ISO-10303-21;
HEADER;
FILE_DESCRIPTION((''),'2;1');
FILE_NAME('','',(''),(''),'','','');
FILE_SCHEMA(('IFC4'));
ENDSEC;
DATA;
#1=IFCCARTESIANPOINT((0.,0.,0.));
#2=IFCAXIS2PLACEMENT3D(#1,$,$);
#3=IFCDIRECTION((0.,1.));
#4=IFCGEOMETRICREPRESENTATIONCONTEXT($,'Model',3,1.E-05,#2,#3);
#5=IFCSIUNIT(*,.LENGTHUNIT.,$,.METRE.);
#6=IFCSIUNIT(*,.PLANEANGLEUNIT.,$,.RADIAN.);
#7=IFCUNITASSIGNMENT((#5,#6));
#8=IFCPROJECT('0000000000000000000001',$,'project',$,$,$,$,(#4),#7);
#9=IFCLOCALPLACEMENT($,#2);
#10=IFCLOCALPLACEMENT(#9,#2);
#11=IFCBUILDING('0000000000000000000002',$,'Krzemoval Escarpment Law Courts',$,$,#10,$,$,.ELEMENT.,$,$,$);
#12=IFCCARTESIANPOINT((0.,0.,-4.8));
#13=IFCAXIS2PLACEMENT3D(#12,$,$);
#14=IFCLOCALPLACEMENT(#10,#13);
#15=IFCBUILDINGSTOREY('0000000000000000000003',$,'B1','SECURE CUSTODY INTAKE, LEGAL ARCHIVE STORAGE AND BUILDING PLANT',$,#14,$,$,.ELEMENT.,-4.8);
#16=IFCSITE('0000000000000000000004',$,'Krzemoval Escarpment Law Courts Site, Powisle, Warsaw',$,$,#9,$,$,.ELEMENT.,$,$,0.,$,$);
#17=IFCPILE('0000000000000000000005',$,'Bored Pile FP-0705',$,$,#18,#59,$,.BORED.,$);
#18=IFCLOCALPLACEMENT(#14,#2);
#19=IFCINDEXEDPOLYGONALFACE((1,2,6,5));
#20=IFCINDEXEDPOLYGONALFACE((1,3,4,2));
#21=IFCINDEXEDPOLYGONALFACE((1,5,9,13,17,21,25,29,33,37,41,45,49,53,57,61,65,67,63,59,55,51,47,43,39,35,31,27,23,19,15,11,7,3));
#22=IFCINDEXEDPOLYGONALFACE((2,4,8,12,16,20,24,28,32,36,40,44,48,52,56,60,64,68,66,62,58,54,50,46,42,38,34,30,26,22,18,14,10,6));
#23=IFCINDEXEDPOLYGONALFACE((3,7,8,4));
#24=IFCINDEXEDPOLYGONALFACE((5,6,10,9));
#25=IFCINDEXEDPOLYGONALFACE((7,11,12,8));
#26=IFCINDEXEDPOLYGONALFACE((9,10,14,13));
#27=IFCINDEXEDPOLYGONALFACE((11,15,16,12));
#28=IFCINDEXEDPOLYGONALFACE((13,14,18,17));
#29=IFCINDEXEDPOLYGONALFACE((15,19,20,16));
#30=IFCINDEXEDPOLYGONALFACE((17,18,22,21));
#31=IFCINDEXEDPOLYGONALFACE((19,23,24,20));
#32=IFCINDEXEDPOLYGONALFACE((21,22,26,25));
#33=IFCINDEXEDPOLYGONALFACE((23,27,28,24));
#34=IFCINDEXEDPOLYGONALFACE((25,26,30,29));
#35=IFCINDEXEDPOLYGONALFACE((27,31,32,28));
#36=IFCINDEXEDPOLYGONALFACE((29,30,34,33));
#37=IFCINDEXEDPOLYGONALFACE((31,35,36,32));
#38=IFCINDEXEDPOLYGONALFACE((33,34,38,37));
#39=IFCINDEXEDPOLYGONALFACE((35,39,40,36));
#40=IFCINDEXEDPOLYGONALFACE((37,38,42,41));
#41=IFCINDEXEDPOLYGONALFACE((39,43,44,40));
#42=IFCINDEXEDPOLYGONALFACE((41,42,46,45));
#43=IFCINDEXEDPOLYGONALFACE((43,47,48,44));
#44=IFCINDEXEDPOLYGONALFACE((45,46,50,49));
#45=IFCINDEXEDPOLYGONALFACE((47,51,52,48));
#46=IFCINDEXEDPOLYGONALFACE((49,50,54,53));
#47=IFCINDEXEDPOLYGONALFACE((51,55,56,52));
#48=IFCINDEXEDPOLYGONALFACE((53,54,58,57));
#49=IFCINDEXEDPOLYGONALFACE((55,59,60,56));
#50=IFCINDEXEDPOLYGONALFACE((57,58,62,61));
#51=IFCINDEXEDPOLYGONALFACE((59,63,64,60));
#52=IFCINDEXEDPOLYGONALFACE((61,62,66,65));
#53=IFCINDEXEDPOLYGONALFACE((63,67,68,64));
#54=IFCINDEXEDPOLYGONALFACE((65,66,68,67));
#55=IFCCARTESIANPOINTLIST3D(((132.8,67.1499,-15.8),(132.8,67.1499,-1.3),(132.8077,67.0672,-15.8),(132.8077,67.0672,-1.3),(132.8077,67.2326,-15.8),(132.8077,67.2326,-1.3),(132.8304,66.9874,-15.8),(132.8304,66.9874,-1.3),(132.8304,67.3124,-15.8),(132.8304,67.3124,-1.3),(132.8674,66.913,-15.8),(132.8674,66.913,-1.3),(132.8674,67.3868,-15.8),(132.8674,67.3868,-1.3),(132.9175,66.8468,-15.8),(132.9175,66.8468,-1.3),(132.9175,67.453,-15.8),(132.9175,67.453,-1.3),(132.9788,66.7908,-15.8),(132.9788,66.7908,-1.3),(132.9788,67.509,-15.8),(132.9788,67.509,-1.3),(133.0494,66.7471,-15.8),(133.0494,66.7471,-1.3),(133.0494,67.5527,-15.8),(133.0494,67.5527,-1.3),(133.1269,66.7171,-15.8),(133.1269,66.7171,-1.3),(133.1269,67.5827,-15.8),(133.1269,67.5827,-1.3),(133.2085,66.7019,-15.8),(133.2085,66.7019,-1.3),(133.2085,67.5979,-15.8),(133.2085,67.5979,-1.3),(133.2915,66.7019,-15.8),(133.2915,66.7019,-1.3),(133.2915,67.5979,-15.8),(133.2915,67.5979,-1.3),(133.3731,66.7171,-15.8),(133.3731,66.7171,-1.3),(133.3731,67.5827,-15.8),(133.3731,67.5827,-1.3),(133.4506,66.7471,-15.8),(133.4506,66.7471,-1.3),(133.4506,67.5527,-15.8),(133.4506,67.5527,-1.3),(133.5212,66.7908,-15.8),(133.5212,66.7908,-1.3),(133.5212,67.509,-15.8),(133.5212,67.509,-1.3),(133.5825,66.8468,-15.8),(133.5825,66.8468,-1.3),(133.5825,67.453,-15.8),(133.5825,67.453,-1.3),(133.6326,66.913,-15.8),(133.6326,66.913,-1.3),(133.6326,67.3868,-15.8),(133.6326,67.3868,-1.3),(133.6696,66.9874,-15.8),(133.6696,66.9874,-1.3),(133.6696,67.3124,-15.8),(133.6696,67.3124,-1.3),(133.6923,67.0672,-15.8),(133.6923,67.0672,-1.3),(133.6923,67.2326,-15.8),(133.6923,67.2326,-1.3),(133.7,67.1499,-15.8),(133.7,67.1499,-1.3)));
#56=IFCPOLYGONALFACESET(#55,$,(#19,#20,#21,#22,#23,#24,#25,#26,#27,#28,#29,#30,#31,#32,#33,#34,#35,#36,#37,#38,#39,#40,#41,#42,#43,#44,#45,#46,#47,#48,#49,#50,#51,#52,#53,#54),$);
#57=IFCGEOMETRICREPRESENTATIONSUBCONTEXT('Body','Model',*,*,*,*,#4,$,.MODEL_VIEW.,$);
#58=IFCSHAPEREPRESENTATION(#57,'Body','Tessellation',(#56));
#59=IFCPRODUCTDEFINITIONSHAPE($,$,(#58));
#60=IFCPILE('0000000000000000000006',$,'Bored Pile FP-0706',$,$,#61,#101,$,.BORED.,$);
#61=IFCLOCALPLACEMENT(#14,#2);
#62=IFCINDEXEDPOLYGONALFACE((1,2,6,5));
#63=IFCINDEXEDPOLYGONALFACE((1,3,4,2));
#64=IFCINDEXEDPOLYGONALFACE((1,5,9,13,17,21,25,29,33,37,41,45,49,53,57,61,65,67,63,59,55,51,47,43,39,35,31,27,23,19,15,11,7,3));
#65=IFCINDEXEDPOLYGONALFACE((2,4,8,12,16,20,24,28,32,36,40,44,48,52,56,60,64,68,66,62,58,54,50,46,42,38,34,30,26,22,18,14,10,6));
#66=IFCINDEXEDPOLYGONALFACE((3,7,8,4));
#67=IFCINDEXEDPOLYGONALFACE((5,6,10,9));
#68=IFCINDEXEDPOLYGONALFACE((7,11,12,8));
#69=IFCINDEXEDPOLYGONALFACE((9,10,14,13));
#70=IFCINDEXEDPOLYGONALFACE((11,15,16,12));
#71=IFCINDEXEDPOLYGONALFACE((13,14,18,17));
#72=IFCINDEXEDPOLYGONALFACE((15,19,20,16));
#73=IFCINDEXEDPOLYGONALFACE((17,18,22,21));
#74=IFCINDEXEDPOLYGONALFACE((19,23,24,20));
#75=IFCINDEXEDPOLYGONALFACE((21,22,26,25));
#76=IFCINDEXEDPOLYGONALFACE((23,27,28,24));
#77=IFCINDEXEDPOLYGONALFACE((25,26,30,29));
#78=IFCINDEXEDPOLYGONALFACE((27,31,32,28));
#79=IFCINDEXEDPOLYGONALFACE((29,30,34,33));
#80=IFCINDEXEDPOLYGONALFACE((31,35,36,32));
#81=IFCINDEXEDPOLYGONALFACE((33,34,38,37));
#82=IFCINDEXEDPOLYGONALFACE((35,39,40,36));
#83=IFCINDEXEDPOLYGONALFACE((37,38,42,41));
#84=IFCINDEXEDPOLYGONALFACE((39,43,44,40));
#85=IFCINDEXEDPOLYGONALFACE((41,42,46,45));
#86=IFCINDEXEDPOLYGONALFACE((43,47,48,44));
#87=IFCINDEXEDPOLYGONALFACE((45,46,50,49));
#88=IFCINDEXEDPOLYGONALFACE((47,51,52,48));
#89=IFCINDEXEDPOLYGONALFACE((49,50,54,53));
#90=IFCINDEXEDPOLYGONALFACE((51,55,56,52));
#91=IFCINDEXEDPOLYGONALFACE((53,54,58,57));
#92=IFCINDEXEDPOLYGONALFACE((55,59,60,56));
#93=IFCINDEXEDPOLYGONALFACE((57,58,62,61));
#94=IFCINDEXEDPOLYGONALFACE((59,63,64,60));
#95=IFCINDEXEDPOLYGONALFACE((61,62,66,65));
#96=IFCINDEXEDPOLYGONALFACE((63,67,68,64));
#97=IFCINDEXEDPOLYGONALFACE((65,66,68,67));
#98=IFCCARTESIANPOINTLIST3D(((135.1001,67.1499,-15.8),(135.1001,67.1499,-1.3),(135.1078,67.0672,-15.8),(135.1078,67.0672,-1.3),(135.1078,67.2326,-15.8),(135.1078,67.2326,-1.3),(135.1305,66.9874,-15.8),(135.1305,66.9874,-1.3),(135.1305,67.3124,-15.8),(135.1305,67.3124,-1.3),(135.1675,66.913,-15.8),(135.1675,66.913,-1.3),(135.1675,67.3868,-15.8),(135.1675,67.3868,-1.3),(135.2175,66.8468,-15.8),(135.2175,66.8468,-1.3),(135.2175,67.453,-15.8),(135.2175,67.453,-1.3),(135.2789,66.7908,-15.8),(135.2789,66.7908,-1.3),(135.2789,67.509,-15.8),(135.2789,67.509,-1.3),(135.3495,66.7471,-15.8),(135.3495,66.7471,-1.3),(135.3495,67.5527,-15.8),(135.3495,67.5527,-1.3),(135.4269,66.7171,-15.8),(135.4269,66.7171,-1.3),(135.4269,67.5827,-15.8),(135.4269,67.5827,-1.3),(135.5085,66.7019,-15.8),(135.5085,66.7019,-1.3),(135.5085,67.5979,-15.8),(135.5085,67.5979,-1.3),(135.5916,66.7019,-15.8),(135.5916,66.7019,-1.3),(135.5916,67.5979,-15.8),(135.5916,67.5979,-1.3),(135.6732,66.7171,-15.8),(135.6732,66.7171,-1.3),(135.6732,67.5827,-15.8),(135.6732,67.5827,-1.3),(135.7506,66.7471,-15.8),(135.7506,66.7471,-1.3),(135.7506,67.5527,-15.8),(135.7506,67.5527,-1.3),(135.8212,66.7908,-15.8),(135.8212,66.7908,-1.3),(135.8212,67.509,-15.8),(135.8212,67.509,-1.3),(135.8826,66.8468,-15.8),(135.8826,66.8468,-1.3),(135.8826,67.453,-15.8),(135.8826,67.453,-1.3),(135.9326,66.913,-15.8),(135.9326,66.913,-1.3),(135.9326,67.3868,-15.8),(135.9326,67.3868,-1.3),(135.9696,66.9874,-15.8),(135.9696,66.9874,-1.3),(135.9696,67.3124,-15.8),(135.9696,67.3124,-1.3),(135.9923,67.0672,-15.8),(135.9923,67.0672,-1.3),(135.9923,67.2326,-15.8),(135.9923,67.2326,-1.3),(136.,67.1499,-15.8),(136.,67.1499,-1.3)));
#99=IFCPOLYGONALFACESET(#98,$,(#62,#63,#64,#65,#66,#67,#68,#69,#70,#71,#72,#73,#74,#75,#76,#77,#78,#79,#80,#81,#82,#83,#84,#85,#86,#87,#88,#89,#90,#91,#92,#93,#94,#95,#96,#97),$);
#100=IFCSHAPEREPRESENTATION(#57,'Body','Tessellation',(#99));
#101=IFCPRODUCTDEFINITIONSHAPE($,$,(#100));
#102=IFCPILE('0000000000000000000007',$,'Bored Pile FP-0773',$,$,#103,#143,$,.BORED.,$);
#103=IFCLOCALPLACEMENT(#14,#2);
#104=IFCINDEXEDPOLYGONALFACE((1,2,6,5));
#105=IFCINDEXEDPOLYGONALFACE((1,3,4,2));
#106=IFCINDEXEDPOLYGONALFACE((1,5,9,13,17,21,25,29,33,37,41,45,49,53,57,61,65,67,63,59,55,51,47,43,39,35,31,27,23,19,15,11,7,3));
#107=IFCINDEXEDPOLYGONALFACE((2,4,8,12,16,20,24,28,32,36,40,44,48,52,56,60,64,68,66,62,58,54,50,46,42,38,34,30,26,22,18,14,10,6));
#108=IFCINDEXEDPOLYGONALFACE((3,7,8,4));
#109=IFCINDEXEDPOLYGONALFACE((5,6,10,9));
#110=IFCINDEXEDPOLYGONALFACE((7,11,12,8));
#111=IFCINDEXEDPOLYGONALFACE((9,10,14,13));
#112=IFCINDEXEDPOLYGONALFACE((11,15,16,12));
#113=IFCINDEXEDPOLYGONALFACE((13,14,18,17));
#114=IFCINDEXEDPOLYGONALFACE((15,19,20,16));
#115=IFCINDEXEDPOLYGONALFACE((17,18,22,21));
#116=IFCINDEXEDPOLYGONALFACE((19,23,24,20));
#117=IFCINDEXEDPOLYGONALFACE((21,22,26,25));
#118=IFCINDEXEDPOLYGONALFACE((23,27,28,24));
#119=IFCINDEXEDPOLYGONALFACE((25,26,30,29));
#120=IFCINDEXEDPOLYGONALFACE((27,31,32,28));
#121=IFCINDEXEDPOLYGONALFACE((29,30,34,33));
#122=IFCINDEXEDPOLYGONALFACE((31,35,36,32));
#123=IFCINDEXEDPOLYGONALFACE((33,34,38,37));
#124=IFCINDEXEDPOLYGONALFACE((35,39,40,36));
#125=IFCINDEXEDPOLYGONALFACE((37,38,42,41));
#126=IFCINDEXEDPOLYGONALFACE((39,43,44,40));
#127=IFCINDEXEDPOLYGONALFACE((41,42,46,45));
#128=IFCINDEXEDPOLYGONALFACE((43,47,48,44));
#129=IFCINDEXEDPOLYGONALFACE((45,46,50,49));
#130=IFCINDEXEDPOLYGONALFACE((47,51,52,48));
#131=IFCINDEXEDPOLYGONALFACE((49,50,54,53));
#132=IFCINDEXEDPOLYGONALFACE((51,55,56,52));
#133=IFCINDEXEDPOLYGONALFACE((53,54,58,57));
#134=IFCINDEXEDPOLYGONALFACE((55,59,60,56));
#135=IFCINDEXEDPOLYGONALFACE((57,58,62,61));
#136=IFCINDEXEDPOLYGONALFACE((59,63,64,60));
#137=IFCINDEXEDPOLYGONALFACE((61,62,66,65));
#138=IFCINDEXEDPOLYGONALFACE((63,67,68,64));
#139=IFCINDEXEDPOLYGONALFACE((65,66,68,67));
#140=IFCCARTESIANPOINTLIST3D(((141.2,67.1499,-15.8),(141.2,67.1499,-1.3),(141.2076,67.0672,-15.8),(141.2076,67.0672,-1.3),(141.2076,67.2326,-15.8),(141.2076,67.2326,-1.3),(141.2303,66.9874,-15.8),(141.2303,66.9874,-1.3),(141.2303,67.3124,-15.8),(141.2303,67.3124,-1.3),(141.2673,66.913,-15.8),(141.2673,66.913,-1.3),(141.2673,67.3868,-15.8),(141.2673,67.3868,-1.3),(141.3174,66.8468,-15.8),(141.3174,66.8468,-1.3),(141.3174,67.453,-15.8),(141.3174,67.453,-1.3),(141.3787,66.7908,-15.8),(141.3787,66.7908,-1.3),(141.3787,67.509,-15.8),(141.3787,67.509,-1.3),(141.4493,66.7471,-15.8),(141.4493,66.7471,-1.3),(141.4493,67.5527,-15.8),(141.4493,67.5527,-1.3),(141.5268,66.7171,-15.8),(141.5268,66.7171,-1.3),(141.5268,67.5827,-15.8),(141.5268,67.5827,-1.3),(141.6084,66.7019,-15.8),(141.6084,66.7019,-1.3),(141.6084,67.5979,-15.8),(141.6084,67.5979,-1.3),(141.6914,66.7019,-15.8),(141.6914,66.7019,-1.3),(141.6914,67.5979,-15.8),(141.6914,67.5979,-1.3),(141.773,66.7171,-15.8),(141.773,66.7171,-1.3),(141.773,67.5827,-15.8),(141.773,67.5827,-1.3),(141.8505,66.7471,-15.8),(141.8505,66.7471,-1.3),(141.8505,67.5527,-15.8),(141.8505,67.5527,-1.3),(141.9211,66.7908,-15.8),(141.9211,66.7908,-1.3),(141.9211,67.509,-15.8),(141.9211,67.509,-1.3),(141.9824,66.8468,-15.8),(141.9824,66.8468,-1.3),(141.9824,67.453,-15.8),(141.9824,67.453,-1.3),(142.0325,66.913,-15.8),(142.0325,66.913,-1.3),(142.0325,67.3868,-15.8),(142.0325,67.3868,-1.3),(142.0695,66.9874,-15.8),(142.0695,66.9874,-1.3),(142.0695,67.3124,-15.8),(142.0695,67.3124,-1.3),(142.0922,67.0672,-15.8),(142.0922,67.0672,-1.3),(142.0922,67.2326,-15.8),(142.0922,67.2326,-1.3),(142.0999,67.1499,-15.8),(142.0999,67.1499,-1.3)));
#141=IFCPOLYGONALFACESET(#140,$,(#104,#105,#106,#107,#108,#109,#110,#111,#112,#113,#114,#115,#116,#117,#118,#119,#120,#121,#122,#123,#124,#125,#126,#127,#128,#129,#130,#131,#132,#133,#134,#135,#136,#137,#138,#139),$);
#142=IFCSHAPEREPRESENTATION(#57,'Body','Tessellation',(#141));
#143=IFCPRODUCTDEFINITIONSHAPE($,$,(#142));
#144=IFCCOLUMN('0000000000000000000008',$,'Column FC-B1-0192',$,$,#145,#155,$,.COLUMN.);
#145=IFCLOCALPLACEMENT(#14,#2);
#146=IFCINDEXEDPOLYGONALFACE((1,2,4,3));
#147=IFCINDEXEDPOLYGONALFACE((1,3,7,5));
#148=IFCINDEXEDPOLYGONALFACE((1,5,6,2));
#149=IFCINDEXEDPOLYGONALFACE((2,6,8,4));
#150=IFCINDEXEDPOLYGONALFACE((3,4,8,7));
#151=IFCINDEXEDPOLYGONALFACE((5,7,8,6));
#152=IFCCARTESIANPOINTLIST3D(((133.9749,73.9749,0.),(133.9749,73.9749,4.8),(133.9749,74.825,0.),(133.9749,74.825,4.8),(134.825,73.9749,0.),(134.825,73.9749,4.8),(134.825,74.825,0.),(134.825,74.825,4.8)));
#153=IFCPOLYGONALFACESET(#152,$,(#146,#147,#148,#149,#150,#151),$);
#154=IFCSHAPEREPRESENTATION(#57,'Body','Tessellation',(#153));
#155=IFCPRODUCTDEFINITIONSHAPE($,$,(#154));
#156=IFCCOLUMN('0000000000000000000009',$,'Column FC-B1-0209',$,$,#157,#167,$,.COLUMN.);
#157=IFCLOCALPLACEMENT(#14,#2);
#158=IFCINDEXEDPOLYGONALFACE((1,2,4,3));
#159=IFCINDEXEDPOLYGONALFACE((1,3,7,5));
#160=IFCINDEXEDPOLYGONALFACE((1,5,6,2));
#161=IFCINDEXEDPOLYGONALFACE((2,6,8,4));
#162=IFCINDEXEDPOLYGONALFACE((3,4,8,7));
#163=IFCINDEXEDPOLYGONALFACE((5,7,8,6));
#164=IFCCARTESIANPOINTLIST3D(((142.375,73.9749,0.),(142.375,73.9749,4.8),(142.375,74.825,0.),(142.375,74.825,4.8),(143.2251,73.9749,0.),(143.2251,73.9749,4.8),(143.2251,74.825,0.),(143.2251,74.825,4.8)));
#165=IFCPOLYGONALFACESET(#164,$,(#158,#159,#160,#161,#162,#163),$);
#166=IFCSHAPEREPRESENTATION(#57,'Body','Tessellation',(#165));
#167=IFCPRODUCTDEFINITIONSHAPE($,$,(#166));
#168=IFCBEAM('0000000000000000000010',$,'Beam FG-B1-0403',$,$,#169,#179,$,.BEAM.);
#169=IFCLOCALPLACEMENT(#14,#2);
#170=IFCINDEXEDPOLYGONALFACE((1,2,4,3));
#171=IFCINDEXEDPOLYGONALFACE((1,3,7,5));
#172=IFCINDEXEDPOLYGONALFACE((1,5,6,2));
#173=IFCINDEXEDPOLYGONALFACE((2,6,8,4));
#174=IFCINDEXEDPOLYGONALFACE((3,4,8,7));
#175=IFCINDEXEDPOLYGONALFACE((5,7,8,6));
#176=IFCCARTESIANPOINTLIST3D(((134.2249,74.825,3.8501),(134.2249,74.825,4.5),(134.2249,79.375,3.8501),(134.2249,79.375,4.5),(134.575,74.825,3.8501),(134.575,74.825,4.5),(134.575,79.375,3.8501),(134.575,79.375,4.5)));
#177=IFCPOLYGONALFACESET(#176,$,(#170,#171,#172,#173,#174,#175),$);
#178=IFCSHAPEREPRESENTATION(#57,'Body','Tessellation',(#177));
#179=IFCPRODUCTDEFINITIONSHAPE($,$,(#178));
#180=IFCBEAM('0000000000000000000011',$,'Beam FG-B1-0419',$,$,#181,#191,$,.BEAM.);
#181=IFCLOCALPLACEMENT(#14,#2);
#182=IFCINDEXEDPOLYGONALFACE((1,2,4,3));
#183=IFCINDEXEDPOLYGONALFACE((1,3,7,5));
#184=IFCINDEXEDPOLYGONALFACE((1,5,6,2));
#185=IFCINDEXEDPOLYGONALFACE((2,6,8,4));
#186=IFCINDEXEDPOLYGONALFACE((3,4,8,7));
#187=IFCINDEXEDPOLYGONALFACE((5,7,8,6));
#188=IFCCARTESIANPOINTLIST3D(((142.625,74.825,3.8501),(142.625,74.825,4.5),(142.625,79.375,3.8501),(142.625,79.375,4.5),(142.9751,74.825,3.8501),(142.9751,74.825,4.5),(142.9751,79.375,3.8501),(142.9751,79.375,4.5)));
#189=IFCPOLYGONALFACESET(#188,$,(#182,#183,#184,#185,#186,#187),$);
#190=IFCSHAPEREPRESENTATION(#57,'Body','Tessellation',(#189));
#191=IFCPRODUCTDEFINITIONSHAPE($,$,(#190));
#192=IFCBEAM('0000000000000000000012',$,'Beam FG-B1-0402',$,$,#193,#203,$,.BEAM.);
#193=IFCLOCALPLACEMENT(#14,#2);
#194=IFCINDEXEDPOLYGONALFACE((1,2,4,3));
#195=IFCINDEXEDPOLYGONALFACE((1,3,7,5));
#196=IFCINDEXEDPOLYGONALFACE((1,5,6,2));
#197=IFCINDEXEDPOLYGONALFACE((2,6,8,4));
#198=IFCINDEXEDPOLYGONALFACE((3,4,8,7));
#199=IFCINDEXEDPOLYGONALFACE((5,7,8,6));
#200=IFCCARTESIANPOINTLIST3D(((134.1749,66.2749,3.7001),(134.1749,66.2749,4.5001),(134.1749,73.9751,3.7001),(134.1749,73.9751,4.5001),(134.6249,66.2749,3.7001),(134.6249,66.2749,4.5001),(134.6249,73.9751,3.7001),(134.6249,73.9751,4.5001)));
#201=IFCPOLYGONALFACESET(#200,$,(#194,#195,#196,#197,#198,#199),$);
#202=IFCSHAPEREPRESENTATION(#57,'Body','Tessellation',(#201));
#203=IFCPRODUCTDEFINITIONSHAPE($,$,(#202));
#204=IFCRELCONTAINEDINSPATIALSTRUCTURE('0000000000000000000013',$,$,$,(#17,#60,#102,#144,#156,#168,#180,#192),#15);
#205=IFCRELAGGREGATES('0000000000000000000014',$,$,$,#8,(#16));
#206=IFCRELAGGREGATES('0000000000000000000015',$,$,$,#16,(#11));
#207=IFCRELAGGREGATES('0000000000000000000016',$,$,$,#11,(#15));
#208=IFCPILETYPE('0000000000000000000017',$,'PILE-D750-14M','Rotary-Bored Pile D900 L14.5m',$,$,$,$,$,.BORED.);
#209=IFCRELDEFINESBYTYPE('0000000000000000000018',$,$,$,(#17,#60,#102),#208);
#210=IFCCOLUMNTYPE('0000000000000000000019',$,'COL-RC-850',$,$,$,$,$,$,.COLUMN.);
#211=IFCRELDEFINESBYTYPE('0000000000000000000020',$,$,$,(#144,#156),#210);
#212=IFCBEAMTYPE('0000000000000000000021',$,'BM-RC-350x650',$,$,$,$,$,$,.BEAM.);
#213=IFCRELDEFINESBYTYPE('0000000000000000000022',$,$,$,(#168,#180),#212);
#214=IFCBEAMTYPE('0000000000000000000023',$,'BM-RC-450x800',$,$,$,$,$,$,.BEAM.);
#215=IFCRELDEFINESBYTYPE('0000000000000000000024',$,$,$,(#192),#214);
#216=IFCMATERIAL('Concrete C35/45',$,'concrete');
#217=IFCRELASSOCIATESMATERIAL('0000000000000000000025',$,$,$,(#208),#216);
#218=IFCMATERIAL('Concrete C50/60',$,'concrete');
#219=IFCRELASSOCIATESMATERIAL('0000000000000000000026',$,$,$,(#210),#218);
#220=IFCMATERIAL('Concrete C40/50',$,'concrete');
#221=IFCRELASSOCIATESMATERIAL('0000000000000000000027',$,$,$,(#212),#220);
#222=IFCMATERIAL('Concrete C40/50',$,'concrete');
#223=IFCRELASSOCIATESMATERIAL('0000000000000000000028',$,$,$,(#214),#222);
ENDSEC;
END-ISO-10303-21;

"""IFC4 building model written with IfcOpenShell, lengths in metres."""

from ifc_helpers import new_model, si_unit, direction, frame, origin, origin_2d, place, context, subcontext, project, spatial, rectangle, circle, extrude, material, material_profile, profile_set, type_object, element, save


model = new_model("IFC4")

# Units and contexts
model_context = context("Model", 3, precision=1e-05, world=origin(), true_north=direction((0.0, 1.0)))
body_context = subcontext(model_context, "Body", "Model", "MODEL_VIEW")
ifc_project = project(units=[si_unit("LENGTHUNIT", "METRE"), si_unit("PLANEANGLEUNIT", "RADIAN")], contexts=[model_context])

# Site, building, storey
site_placement = place(None, origin())
site = spatial("IfcSite", under=ifc_project, at=site_placement, Name="Krzemoval Escarpment Law Courts Site, Powisle, Warsaw", CompositionType="ELEMENT", RefElevation=0.0)
building_placement = place(site_placement, origin())
building = spatial("IfcBuilding", under=site, at=building_placement, Name="Krzemoval Escarpment Law Courts", CompositionType="ELEMENT")
storey_placement = place(building_placement, frame((0.0, 0.0, -4.8)))
storey = spatial("IfcBuildingStorey", under=building, at=storey_placement, Name="B1", Description="SECURE CUSTODY INTAKE, LEGAL ARCHIVE STORAGE AND BUILDING PLANT", CompositionType="ELEMENT", Elevation=-4.8)

# Piles
ifc_material_1 = material(Name="Concrete C35/45", Category="concrete")
ifc_material_profile_1 = material_profile(ifc_material_1, circle(Radius=0.45, at=origin_2d()), Name="PILE D900")
ifc_profile_set_1 = profile_set([ifc_material_profile_1], Name="Concrete C35/45")
pile_type_1 = type_object("IfcPileType", Name="PILE-D750-14M", Description="Rotary-Bored Pile D900 L14.5m", PredefinedType="BORED", material=ifc_profile_set_1)
for number, where, z_axis, x_axis, name in (
    (1, (133.25, 67.1499, -1.3), (0.0, 0.0, -1.0), (1.0, 0.0, 0.0), "Bored Pile FP-0705"),
    (2, (135.55, 67.1499, -1.3), (0.0, 0.0, -1.0), (1.0, 0.0, 0.0), "Bored Pile FP-0706"),
    (3, (141.6499, 67.1499, -1.3), (0.0, 0.0, -1.0), (1.0, 0.0, 0.0), "Bored Pile FP-0773"),
):
    element("IfcPile", number, at=place(storey_placement, frame(where, z_axis=z_axis, x_axis=x_axis)), inside=storey, type_object=pile_type_1, Name=name, PredefinedType="BORED", context=body_context, shape_type="SweptSolid", body=[
        extrude(circle(Radius=0.45, at=origin_2d()), origin(), (0.0, 0.0, 1.0), 14.5),
    ])

# Columns
ifc_material_2 = material(Name="Concrete C50/60", Category="concrete")
ifc_material_profile_2 = material_profile(ifc_material_2, rectangle(XDim=0.8501, YDim=0.8501, at=origin_2d()), Name="RC 850x850")
ifc_profile_set_2 = profile_set([ifc_material_profile_2], Name="Concrete C50/60")
column_type = type_object("IfcColumnType", Name="COL-RC-850", PredefinedType="COLUMN", material=ifc_profile_set_2)
for number, where, z_axis, x_axis, name in (
    (4, (134.3999, 74.3999, 0.0), (0.0, 0.0, 1.0), (1.0, 0.0, 0.0), "Column FC-B1-0192"),
    (5, (142.8, 74.3999, 0.0), (0.0, 0.0, 1.0), (1.0, 0.0, 0.0), "Column FC-B1-0209"),
):
    element("IfcColumn", number, at=place(storey_placement, frame(where, z_axis=z_axis, x_axis=x_axis)), inside=storey, type_object=column_type, Name=name, PredefinedType="COLUMN", context=body_context, shape_type="SweptSolid", body=[
        extrude(rectangle(XDim=0.8501, YDim=0.8501, at=origin_2d()), origin(), (0.0, 0.0, 1.0), 4.8),
    ])

# Beams
ifc_material_3 = material(Name="Concrete C40/50", Category="concrete")
ifc_material_profile_3 = material_profile(ifc_material_3, rectangle(XDim=0.3501, YDim=0.6499, at=origin_2d()), Name="RCB 350x650")
ifc_profile_set_3 = profile_set([ifc_material_profile_3], Name="Concrete C40/50")
beam_type_1 = type_object("IfcBeamType", Name="BM-RC-350x650", PredefinedType="BEAM", material=ifc_profile_set_3)
for number, where, z_axis, x_axis, name in (
    (6, (134.3999, 74.825, 4.175), (0.0, 1.0, 0.0), (-1.0, 0.0, 0.0), "Beam FG-B1-0403"),
    (7, (142.8, 74.825, 4.175), (0.0, 1.0, 0.0), (-1.0, 0.0, 0.0), "Beam FG-B1-0419"),
):
    element("IfcBeam", number, at=place(storey_placement, frame(where, z_axis=z_axis, x_axis=x_axis)), inside=storey, type_object=beam_type_1, Name=name, PredefinedType="BEAM", context=body_context, shape_type="SweptSolid", body=[
        extrude(rectangle(XDim=0.3501, YDim=0.6499, at=origin_2d()), origin(), (0.0, 0.0, 1.0), 4.55),
    ])
ifc_material_4 = material(Name="Concrete C40/50", Category="concrete")
ifc_material_profile_4 = material_profile(ifc_material_4, rectangle(XDim=0.45, YDim=0.8, at=origin_2d()), Name="RCB 450x800")
ifc_profile_set_4 = profile_set([ifc_material_profile_4], Name="Concrete C40/50")
beam_type_2 = type_object("IfcBeamType", Name="BM-RC-450x800", PredefinedType="BEAM", material=ifc_profile_set_4)
for number, where, z_axis, x_axis, name in (
    (8, (134.3999, 66.2749, 4.1001), (0.0, 1.0, 0.0), (-1.0, 0.0, 0.0), "Beam FG-B1-0402"),
):
    element("IfcBeam", number, at=place(storey_placement, frame(where, z_axis=z_axis, x_axis=x_axis)), inside=storey, type_object=beam_type_2, Name=name, PredefinedType="BEAM", context=body_context, shape_type="SweptSolid", body=[
        extrude(rectangle(XDim=0.45, YDim=0.8, at=origin_2d()), origin(), (0.0, 0.0, 1.0), 7.7002),
    ])

save(model, "model.ifc")
